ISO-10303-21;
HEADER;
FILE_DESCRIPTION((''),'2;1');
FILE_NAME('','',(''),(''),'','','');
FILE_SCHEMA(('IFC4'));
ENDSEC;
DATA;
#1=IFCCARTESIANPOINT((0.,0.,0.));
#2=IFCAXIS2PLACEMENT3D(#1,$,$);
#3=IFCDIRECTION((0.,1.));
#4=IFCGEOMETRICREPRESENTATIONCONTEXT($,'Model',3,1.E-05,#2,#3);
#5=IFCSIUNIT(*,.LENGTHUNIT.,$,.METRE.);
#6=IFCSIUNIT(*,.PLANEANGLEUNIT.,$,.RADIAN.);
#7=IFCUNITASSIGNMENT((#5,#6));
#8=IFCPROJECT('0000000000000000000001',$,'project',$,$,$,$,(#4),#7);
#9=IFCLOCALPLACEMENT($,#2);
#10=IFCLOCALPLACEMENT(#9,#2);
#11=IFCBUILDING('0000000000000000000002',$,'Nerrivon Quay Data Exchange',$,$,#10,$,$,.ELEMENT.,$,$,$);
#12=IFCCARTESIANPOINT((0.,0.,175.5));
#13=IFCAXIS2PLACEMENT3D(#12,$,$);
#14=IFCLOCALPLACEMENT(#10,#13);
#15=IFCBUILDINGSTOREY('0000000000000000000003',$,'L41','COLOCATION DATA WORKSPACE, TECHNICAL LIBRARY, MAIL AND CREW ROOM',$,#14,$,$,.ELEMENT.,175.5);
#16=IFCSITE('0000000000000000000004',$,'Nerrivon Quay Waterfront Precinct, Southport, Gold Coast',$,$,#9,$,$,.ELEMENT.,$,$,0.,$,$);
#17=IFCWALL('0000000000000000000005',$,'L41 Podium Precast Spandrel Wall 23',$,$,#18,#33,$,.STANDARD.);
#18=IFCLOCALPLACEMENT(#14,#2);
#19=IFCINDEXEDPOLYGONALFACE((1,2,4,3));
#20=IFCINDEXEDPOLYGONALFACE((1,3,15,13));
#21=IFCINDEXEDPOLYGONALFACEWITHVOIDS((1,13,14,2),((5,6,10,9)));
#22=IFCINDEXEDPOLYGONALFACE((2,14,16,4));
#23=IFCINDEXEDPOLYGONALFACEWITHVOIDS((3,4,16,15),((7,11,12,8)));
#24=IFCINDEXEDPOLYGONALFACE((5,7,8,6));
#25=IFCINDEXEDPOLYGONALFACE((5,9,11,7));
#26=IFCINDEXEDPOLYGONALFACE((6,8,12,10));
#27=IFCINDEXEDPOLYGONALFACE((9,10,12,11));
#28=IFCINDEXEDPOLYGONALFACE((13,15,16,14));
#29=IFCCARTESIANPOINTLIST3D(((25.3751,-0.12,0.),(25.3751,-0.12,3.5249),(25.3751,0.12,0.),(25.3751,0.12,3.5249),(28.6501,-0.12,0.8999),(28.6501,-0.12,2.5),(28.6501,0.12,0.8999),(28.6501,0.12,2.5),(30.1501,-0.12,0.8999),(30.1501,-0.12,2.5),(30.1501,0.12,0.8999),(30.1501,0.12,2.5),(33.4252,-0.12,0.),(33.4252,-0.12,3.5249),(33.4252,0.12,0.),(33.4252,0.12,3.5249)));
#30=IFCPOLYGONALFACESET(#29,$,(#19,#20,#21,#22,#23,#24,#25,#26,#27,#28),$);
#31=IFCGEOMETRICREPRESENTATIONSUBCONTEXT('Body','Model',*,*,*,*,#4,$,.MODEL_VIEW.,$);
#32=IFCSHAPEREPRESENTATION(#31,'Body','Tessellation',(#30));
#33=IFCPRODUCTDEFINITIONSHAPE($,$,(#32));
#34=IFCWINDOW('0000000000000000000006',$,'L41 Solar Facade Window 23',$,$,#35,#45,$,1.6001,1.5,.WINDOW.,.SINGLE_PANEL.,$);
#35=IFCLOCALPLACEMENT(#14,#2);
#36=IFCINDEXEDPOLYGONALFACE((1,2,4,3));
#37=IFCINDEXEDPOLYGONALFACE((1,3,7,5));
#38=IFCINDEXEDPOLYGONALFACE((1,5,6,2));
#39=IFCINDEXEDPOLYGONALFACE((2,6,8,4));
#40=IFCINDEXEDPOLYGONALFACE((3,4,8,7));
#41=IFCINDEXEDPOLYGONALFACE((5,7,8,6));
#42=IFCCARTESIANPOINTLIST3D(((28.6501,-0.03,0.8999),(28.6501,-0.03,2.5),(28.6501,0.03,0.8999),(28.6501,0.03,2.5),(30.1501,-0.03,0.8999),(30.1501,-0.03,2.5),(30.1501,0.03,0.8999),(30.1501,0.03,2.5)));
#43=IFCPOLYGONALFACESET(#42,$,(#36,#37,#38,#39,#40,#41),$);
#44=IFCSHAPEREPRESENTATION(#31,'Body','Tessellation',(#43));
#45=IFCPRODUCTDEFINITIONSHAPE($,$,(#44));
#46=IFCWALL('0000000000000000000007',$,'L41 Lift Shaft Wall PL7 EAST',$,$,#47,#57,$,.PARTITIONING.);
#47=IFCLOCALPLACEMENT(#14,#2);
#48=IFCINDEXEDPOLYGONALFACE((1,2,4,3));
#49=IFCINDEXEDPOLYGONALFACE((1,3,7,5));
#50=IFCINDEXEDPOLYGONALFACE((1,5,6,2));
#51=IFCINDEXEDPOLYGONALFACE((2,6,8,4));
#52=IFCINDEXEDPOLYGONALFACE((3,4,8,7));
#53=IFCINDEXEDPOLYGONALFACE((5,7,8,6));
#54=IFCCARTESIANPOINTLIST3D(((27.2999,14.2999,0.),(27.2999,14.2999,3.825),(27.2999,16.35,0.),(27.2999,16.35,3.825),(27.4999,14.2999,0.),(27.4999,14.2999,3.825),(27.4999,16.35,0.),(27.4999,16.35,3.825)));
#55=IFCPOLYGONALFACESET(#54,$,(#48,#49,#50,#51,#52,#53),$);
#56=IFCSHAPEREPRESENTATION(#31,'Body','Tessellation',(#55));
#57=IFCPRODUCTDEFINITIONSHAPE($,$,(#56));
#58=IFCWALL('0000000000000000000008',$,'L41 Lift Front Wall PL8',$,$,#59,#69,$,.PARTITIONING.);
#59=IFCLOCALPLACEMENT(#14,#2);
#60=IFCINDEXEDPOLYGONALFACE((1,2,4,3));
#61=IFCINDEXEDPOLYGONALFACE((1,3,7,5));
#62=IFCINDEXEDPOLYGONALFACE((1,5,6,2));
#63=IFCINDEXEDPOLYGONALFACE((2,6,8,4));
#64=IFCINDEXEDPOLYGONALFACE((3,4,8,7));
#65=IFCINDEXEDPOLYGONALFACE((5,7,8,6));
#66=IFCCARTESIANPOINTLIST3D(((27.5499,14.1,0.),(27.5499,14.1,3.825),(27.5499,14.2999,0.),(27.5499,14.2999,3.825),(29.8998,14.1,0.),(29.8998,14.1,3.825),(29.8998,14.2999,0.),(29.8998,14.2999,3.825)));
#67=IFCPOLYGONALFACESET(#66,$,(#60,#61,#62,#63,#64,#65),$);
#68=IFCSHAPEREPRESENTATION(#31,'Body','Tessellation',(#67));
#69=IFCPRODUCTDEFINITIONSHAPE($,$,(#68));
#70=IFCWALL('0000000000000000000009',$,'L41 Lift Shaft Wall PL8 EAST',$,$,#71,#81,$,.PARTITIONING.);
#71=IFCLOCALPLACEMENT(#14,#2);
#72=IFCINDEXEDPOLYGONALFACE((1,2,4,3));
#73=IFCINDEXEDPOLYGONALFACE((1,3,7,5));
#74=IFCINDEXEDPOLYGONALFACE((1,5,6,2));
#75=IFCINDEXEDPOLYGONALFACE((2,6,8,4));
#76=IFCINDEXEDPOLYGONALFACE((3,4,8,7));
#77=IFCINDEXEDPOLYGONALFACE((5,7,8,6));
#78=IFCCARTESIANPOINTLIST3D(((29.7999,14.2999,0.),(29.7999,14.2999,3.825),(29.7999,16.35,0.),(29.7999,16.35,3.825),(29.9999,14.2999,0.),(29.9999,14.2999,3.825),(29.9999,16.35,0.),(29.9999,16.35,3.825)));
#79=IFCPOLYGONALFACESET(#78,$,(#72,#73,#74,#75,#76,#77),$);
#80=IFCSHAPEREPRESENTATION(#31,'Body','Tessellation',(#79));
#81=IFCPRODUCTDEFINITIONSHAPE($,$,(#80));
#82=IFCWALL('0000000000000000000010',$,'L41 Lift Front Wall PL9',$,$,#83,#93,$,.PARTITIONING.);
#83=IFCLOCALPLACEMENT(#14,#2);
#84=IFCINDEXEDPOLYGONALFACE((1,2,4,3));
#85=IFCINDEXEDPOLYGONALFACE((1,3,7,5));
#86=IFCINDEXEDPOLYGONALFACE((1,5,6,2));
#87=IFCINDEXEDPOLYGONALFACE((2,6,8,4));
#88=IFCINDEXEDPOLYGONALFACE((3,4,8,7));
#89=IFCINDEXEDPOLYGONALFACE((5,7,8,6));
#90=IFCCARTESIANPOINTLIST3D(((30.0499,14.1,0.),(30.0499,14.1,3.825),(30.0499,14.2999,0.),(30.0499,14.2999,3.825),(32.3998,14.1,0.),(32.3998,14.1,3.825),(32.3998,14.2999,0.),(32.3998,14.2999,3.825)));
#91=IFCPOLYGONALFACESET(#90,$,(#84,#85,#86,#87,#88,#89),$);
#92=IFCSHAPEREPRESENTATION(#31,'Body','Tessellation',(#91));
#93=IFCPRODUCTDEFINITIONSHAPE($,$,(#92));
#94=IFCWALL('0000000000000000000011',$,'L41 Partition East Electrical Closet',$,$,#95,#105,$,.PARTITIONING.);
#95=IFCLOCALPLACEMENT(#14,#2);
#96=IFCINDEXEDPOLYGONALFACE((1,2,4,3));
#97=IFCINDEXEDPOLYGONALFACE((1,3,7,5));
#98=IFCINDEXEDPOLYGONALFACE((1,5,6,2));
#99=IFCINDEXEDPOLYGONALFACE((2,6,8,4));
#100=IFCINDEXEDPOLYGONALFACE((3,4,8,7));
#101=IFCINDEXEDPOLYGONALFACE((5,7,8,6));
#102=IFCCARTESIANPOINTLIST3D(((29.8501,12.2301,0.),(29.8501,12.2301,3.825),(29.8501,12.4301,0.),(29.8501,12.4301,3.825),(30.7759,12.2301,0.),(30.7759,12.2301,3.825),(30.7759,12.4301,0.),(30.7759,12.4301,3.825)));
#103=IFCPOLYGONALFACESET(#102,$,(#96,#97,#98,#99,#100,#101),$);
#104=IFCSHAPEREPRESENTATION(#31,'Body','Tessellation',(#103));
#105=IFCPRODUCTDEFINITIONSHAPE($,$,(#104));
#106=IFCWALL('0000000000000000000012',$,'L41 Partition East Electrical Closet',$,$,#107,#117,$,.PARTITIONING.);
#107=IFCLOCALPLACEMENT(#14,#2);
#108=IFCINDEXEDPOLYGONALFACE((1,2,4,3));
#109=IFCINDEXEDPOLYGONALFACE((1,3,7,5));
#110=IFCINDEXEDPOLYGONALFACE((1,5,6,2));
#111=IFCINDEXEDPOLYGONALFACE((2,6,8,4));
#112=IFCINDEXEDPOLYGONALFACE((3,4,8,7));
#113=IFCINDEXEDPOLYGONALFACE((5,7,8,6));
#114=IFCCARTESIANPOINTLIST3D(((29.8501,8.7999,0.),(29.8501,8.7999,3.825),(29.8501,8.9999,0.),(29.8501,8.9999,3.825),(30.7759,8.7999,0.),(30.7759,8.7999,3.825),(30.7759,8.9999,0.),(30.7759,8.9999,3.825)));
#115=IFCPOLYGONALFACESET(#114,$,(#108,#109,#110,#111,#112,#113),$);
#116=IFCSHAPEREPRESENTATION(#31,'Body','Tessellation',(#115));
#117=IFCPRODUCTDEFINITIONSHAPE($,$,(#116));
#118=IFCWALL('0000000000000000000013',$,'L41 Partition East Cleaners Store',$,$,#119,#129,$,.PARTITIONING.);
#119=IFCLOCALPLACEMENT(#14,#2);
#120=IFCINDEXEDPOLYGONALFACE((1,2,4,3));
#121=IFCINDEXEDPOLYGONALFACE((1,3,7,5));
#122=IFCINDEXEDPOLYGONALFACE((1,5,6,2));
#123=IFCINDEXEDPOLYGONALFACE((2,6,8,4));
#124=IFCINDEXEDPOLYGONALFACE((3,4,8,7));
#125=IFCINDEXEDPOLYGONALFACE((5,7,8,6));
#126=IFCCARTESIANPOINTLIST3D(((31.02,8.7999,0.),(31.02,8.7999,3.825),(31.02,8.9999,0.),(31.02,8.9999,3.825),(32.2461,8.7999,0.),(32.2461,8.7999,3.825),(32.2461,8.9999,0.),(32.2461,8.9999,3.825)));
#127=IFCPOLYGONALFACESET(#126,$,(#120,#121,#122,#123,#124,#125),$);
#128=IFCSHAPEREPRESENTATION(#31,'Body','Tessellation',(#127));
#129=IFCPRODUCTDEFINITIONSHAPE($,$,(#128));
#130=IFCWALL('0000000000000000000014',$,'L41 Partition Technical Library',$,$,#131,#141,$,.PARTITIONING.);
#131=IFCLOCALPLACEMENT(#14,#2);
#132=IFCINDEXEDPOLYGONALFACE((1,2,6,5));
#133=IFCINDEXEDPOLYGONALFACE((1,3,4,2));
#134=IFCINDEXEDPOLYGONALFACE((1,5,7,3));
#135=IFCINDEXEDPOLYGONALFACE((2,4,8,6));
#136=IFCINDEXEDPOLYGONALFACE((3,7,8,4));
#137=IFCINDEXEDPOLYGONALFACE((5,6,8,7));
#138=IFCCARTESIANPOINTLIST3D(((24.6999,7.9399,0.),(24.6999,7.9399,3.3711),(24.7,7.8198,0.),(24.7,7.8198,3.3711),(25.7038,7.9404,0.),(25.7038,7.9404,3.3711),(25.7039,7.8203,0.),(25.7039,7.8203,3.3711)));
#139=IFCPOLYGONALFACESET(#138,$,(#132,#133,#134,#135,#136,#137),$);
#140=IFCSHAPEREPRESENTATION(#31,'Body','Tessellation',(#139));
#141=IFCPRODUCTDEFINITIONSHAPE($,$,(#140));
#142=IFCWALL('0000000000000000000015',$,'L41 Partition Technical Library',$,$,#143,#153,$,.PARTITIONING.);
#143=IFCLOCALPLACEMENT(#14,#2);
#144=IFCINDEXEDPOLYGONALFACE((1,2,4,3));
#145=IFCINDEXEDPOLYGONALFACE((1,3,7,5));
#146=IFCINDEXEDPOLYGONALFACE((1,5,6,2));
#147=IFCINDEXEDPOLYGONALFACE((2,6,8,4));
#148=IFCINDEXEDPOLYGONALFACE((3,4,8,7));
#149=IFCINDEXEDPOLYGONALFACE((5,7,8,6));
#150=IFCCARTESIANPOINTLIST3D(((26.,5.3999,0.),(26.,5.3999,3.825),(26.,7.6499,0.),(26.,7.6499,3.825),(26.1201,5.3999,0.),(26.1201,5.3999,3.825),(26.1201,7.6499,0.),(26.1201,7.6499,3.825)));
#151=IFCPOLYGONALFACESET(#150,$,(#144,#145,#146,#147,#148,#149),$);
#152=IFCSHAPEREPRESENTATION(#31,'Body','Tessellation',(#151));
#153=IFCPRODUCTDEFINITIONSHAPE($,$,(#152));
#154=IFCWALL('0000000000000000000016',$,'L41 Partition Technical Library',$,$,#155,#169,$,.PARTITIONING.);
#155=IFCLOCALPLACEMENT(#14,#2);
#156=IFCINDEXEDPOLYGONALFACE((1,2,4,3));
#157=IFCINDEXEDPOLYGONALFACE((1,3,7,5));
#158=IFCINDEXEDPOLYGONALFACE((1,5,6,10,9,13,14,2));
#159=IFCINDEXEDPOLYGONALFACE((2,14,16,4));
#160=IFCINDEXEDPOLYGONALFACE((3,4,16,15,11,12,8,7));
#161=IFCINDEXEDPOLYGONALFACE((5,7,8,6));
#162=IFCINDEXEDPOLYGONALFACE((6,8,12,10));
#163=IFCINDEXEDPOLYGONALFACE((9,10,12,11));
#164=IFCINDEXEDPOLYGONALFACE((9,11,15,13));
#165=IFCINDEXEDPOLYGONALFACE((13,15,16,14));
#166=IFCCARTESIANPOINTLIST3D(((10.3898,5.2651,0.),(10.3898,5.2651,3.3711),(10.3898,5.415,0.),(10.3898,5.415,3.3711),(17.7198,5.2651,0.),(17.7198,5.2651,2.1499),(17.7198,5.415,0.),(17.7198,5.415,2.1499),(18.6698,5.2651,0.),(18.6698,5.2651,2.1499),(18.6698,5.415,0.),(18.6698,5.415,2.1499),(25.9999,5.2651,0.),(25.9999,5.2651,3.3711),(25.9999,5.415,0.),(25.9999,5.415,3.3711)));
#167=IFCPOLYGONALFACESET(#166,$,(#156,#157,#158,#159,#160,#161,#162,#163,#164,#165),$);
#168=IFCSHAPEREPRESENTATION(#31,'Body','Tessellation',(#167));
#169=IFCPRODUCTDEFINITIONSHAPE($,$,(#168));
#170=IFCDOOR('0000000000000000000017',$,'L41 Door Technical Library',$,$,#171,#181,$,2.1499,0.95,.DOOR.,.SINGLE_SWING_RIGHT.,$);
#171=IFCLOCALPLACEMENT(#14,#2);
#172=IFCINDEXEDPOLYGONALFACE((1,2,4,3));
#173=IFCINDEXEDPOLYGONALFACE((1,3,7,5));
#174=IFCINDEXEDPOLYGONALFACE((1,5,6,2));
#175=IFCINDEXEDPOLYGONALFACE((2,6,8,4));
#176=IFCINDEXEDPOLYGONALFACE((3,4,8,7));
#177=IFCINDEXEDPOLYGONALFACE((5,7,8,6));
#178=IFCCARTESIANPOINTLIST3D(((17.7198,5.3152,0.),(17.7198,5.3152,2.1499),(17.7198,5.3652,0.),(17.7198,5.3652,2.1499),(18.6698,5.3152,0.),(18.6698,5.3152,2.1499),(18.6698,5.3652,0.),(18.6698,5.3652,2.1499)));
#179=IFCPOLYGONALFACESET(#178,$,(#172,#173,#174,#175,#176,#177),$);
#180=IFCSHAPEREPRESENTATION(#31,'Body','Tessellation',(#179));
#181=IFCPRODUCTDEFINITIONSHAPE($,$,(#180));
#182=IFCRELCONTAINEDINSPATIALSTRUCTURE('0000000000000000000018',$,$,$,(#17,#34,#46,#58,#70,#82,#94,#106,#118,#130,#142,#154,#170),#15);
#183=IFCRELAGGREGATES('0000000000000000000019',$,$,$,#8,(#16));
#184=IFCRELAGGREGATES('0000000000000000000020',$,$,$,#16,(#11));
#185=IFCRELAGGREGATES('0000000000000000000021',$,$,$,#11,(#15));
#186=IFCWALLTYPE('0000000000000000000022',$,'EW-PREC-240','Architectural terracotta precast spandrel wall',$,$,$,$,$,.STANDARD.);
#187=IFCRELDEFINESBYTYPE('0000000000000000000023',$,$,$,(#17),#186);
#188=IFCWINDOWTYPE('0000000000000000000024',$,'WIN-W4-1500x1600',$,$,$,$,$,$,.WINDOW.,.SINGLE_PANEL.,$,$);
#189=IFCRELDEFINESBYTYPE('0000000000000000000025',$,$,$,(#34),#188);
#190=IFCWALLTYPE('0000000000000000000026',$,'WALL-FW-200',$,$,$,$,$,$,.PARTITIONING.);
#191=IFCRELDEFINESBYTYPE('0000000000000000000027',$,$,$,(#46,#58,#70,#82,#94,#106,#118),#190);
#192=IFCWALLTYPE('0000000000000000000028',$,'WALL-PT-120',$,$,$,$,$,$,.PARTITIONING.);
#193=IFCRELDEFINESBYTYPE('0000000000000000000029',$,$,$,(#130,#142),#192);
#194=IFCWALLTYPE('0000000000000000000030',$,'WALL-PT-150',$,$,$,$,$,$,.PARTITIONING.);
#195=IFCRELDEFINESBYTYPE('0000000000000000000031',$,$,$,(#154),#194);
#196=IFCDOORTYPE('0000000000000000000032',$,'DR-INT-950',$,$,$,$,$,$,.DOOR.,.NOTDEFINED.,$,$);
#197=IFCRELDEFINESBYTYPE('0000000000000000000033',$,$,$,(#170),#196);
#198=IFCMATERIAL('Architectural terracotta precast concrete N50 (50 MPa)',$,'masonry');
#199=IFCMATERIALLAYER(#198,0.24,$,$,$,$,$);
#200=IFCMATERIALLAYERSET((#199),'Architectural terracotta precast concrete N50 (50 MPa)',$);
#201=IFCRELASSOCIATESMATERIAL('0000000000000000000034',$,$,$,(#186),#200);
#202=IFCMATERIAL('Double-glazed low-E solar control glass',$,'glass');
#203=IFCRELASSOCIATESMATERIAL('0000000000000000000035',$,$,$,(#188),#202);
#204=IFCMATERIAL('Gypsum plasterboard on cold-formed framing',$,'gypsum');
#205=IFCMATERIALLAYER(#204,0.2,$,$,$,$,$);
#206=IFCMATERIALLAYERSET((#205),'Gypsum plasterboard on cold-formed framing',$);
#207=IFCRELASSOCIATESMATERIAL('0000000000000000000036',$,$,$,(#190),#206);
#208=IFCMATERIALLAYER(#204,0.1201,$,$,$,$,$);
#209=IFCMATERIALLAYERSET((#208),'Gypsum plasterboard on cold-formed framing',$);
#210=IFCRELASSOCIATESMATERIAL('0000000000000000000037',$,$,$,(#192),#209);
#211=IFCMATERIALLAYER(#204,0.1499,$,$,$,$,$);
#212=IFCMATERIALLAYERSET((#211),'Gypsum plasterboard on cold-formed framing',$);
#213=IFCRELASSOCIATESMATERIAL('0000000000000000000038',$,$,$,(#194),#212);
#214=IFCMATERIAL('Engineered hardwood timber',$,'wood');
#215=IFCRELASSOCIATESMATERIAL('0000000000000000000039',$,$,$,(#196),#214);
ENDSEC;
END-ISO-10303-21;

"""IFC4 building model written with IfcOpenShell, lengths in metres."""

from ifc_helpers import new_model, si_unit, direction, frame, frame_2d, origin, place, context, subcontext, project, spatial, rectangle, extrude, material, layer, layer_set, type_object, element, fill, save


model = new_model("IFC4")

# Units and contexts
model_context = context("Model", 3, precision=1e-05, world=origin(), true_north=direction((0.0, 1.0)))
body_context = subcontext(model_context, "Body", "Model", "MODEL_VIEW")
ifc_project = project(units=[si_unit("LENGTHUNIT", "METRE"), si_unit("PLANEANGLEUNIT", "RADIAN")], contexts=[model_context])

# Site, building, storey
site_placement = place(None, origin())
site = spatial("IfcSite", under=ifc_project, at=site_placement, Name="Nerrivon Quay Waterfront Precinct, Southport, Gold Coast", CompositionType="ELEMENT", RefElevation=0.0)
building_placement = place(site_placement, origin())
building = spatial("IfcBuilding", under=site, at=building_placement, Name="Nerrivon Quay Data Exchange", CompositionType="ELEMENT")
storey_placement = place(building_placement, frame((0.0, 0.0, 175.5)))
storey = spatial("IfcBuildingStorey", under=building, at=storey_placement, Name="L41", Description="COLOCATION DATA WORKSPACE, TECHNICAL LIBRARY, MAIL AND CREW ROOM", CompositionType="ELEMENT", Elevation=175.5)

# Wall, opening, window
ifc_material_1 = material(Name="Architectural terracotta precast concrete N50 (50 MPa)", Category="masonry")
ifc_layer_1 = layer(ifc_material_1, 0.24)
ifc_layer_set_1 = layer_set([ifc_layer_1], Name="Architectural terracotta precast concrete N50 (50 MPa)")
wall_type_1 = type_object("IfcWallType", Name="EW-PREC-240", Description="Architectural terracotta precast spandrel wall", PredefinedType="STANDARD", material=ifc_layer_set_1)
wall_1_placement = place(storey_placement, frame((33.425, 0.0, 0.0), z_axis=(0.0, 0.0, 1.0), x_axis=(-1.0, 0.0, 0.0)))
wall_1 = element("IfcWall", 1, at=wall_1_placement, inside=storey, type_object=wall_type_1, Name="L41 Podium Precast Spandrel Wall 23", PredefinedType="STANDARD", context=body_context, shape_type="SweptSolid", body=[
    extrude(rectangle(XDim=8.05, YDim=0.24, at=frame_2d((4.0249, 0.0))), origin(), (0.0, 0.0, 1.0), 3.5249),
])
opening_1_placement = place(wall_1_placement, frame((3.2749, 0.0, 0.8999)))
opening_1 = element("IfcOpeningElement", 2, at=opening_1_placement, cuts=wall_1, PredefinedType="OPENING", context=body_context, shape_type="SweptSolid", body=[
    extrude(rectangle(XDim=1.5, YDim=1.6001, at=frame_2d((0.75, 0.8))), frame((0.0, 0.1299, 0.0), z_axis=(0.0, -1.0, 0.0), x_axis=(1.0, 0.0, 0.0)), (0.0, 0.0, 1.0), 0.26),
])
ifc_material_2 = material(Name="Double-glazed low-E solar control glass", Category="glass")
window_type = type_object("IfcWindowType", Name="WIN-W4-1500x1600", PartitioningType="SINGLE_PANEL", PredefinedType="WINDOW", material=ifc_material_2)
window_placement = place(opening_1_placement, origin())
window = element("IfcWindow", 3, at=window_placement, inside=storey, type_object=window_type, Name="L41 Solar Facade Window 23", OverallHeight=1.6001, OverallWidth=1.5, PartitioningType="SINGLE_PANEL", PredefinedType="WINDOW", context=body_context, shape_type="SweptSolid", body=[
    extrude(rectangle(XDim=1.5, YDim=1.6001, at=frame_2d((0.75, 0.8))), frame((0.0, 0.03, 0.0), z_axis=(0.0, -1.0, 0.0), x_axis=(1.0, 0.0, 0.0)), (0.0, 0.0, 1.0), 0.0601),
])
fill(opening_1, window)

# Walls
ifc_material_3 = material(Name="Gypsum plasterboard on cold-formed framing", Category="gypsum")
ifc_layer_2 = layer(ifc_material_3, 0.2)
ifc_layer_set_2 = layer_set([ifc_layer_2], Name="Gypsum plasterboard on cold-formed framing")
wall_type_2 = type_object("IfcWallType", Name="WALL-FW-200", PredefinedType="PARTITIONING", material=ifc_layer_set_2)
wall_2_placement = place(storey_placement, frame((27.3999, 14.3, 0.0), z_axis=(0.0, 0.0, 1.0), x_axis=(0.0, 1.0, 0.0)))
element("IfcWall", 4, at=wall_2_placement, inside=storey, type_object=wall_type_2, Name="L41 Lift Shaft Wall PL7 EAST", PredefinedType="PARTITIONING", context=body_context, shape_type="SweptSolid", body=[
    extrude(rectangle(XDim=2.05, YDim=0.2, at=frame_2d((1.0249, 0.0))), origin(), (0.0, 0.0, 1.0), 3.825),
])
wall_3_placement = place(storey_placement, frame((27.55, 14.2, 0.0), z_axis=(0.0, 0.0, 1.0), x_axis=(1.0, 0.0, 0.0)))
element("IfcWall", 5, at=wall_3_placement, inside=storey, type_object=wall_type_2, Name="L41 Lift Front Wall PL8", PredefinedType="PARTITIONING", context=body_context, shape_type="SweptSolid", body=[
    extrude(rectangle(XDim=2.3499, YDim=0.2, at=frame_2d((1.1748, 0.0))), origin(), (0.0, 0.0, 1.0), 3.825),
])
wall_4_placement = place(storey_placement, frame((29.8999, 14.3, 0.0), z_axis=(0.0, 0.0, 1.0), x_axis=(0.0, 1.0, 0.0)))
element("IfcWall", 6, at=wall_4_placement, inside=storey, type_object=wall_type_2, Name="L41 Lift Shaft Wall PL8 EAST", PredefinedType="PARTITIONING", context=body_context, shape_type="SweptSolid", body=[
    extrude(rectangle(XDim=2.05, YDim=0.2, at=frame_2d((1.0249, 0.0))), origin(), (0.0, 0.0, 1.0), 3.825),
])
wall_5_placement = place(storey_placement, frame((30.05, 14.2, 0.0), z_axis=(0.0, 0.0, 1.0), x_axis=(1.0, 0.0, 0.0)))
element("IfcWall", 7, at=wall_5_placement, inside=storey, type_object=wall_type_2, Name="L41 Lift Front Wall PL9", PredefinedType="PARTITIONING", context=body_context, shape_type="SweptSolid", body=[
    extrude(rectangle(XDim=2.3499, YDim=0.2, at=frame_2d((1.1748, 0.0))), origin(), (0.0, 0.0, 1.0), 3.825),
])

# Shared definitions
ifc_material_4 = material(Name="Engineered hardwood timber", Category="wood")

# Walls
for number, where, z_axis, x_axis, name in (
    (8, (30.7759, 12.3301, 0.0), (0.0, 0.0, 1.0), (-1.0, 0.0, 0.0), "L41 Partition East Electrical Closet"),
    (9, (29.8501, 8.8999, 0.0), (0.0, 0.0, 1.0), (1.0, 0.0, 0.0), "L41 Partition East Electrical Closet"),
):
    element("IfcWall", number, at=place(storey_placement, frame(where, z_axis=z_axis, x_axis=x_axis)), inside=storey, type_object=wall_type_2, Name=name, PredefinedType="PARTITIONING", context=body_context, shape_type="SweptSolid", body=[
        extrude(rectangle(XDim=0.9258, YDim=0.2, at=frame_2d((0.4629, 0.0))), origin(), (0.0, 0.0, 1.0), 3.825),
    ])

# Walls
wall_6_placement = place(storey_placement, frame((31.02, 8.8999, 0.0), z_axis=(0.0, 0.0, 1.0), x_axis=(1.0, 0.0, 0.0)))
element("IfcWall", 10, at=wall_6_placement, inside=storey, type_object=wall_type_2, Name="L41 Partition East Cleaners Store", PredefinedType="PARTITIONING", context=body_context, shape_type="SweptSolid", body=[
    extrude(rectangle(XDim=1.2261, YDim=0.2, at=frame_2d((0.613, 0.0))), origin(), (0.0, 0.0, 1.0), 3.825),
])
ifc_layer_3 = layer(ifc_material_3, 0.1201)
ifc_layer_set_3 = layer_set([ifc_layer_3], Name="Gypsum plasterboard on cold-formed framing")
wall_type_3 = type_object("IfcWallType", Name="WALL-PT-120", PredefinedType="PARTITIONING", material=ifc_layer_set_3)
wall_7_placement = place(storey_placement, frame((25.7039, 7.8804, 0.0), z_axis=(0.0, 0.0, 1.0), x_axis=(-1.0, -0.000486, 0.0)))
element("IfcWall", 11, at=wall_7_placement, inside=storey, type_object=wall_type_3, Name="L41 Partition Technical Library", PredefinedType="PARTITIONING", context=body_context, shape_type="SweptSolid", body=[
    extrude(rectangle(XDim=1.0039, YDim=0.1201, at=frame_2d((0.502, 0.0))), origin(), (0.0, 0.0, 1.0), 3.3711),
])
wall_8_placement = place(storey_placement, frame((26.0601, 7.6499, 0.0), z_axis=(0.0, 0.0, 1.0), x_axis=(0.0, -1.0, 0.0)))
element("IfcWall", 12, at=wall_8_placement, inside=storey, type_object=wall_type_3, Name="L41 Partition Technical Library", PredefinedType="PARTITIONING", context=body_context, shape_type="SweptSolid", body=[
    extrude(rectangle(XDim=2.25, YDim=0.1201, at=frame_2d((1.125, 0.0))), origin(), (0.0, 0.0, 1.0), 3.825),
])

# Wall, opening, door
ifc_layer_4 = layer(ifc_material_3, 0.1499)
ifc_layer_set_4 = layer_set([ifc_layer_4], Name="Gypsum plasterboard on cold-formed framing")
wall_type_4 = type_object("IfcWallType", Name="WALL-PT-150", PredefinedType="PARTITIONING", material=ifc_layer_set_4)
wall_9_placement = place(storey_placement, frame((26.0, 5.3401, 0.0), z_axis=(0.0, 0.0, 1.0), x_axis=(-1.0, 0.0, 0.0)))
wall_9 = element("IfcWall", 13, at=wall_9_placement, inside=storey, type_object=wall_type_4, Name="L41 Partition Technical Library", PredefinedType="PARTITIONING", context=body_context, shape_type="SweptSolid", body=[
    extrude(rectangle(XDim=15.6101, YDim=0.1499, at=frame_2d((7.8052, 0.0))), origin(), (0.0, 0.0, 1.0), 3.3711),
])
opening_2_placement = place(wall_9_placement, frame((7.3301, 0.0, 0.0)))
opening_2 = element("IfcOpeningElement", 14, at=opening_2_placement, cuts=wall_9, PredefinedType="OPENING", context=body_context, shape_type="SweptSolid", body=[
    extrude(rectangle(XDim=0.95, YDim=2.1499, at=frame_2d((0.4751, 1.075))), frame((0.0, 0.085, 0.0), z_axis=(0.0, -1.0, 0.0), x_axis=(1.0, 0.0, 0.0)), (0.0, 0.0, 1.0), 0.1699),
])
door_type_1 = type_object("IfcDoorType", Name="DR-INT-950", OperationType="NOTDEFINED", PredefinedType="DOOR", material=ifc_material_4)
door_1_placement = place(opening_2_placement, origin())
door_1 = element("IfcDoor", 15, at=door_1_placement, inside=storey, type_object=door_type_1, Name="L41 Door Technical Library", OperationType="SINGLE_SWING_RIGHT", OverallHeight=2.1499, OverallWidth=0.95, PredefinedType="DOOR", context=body_context, shape_type="SweptSolid", body=[
    extrude(rectangle(XDim=0.95, YDim=2.1499, at=frame_2d((0.4751, 1.075))), frame((0.0, 0.0249, 0.0), z_axis=(0.0, -1.0, 0.0), x_axis=(1.0, 0.0, 0.0)), (0.0, 0.0, 1.0), 0.05),
])
fill(opening_2, door_1)

save(model, "model.ifc")
